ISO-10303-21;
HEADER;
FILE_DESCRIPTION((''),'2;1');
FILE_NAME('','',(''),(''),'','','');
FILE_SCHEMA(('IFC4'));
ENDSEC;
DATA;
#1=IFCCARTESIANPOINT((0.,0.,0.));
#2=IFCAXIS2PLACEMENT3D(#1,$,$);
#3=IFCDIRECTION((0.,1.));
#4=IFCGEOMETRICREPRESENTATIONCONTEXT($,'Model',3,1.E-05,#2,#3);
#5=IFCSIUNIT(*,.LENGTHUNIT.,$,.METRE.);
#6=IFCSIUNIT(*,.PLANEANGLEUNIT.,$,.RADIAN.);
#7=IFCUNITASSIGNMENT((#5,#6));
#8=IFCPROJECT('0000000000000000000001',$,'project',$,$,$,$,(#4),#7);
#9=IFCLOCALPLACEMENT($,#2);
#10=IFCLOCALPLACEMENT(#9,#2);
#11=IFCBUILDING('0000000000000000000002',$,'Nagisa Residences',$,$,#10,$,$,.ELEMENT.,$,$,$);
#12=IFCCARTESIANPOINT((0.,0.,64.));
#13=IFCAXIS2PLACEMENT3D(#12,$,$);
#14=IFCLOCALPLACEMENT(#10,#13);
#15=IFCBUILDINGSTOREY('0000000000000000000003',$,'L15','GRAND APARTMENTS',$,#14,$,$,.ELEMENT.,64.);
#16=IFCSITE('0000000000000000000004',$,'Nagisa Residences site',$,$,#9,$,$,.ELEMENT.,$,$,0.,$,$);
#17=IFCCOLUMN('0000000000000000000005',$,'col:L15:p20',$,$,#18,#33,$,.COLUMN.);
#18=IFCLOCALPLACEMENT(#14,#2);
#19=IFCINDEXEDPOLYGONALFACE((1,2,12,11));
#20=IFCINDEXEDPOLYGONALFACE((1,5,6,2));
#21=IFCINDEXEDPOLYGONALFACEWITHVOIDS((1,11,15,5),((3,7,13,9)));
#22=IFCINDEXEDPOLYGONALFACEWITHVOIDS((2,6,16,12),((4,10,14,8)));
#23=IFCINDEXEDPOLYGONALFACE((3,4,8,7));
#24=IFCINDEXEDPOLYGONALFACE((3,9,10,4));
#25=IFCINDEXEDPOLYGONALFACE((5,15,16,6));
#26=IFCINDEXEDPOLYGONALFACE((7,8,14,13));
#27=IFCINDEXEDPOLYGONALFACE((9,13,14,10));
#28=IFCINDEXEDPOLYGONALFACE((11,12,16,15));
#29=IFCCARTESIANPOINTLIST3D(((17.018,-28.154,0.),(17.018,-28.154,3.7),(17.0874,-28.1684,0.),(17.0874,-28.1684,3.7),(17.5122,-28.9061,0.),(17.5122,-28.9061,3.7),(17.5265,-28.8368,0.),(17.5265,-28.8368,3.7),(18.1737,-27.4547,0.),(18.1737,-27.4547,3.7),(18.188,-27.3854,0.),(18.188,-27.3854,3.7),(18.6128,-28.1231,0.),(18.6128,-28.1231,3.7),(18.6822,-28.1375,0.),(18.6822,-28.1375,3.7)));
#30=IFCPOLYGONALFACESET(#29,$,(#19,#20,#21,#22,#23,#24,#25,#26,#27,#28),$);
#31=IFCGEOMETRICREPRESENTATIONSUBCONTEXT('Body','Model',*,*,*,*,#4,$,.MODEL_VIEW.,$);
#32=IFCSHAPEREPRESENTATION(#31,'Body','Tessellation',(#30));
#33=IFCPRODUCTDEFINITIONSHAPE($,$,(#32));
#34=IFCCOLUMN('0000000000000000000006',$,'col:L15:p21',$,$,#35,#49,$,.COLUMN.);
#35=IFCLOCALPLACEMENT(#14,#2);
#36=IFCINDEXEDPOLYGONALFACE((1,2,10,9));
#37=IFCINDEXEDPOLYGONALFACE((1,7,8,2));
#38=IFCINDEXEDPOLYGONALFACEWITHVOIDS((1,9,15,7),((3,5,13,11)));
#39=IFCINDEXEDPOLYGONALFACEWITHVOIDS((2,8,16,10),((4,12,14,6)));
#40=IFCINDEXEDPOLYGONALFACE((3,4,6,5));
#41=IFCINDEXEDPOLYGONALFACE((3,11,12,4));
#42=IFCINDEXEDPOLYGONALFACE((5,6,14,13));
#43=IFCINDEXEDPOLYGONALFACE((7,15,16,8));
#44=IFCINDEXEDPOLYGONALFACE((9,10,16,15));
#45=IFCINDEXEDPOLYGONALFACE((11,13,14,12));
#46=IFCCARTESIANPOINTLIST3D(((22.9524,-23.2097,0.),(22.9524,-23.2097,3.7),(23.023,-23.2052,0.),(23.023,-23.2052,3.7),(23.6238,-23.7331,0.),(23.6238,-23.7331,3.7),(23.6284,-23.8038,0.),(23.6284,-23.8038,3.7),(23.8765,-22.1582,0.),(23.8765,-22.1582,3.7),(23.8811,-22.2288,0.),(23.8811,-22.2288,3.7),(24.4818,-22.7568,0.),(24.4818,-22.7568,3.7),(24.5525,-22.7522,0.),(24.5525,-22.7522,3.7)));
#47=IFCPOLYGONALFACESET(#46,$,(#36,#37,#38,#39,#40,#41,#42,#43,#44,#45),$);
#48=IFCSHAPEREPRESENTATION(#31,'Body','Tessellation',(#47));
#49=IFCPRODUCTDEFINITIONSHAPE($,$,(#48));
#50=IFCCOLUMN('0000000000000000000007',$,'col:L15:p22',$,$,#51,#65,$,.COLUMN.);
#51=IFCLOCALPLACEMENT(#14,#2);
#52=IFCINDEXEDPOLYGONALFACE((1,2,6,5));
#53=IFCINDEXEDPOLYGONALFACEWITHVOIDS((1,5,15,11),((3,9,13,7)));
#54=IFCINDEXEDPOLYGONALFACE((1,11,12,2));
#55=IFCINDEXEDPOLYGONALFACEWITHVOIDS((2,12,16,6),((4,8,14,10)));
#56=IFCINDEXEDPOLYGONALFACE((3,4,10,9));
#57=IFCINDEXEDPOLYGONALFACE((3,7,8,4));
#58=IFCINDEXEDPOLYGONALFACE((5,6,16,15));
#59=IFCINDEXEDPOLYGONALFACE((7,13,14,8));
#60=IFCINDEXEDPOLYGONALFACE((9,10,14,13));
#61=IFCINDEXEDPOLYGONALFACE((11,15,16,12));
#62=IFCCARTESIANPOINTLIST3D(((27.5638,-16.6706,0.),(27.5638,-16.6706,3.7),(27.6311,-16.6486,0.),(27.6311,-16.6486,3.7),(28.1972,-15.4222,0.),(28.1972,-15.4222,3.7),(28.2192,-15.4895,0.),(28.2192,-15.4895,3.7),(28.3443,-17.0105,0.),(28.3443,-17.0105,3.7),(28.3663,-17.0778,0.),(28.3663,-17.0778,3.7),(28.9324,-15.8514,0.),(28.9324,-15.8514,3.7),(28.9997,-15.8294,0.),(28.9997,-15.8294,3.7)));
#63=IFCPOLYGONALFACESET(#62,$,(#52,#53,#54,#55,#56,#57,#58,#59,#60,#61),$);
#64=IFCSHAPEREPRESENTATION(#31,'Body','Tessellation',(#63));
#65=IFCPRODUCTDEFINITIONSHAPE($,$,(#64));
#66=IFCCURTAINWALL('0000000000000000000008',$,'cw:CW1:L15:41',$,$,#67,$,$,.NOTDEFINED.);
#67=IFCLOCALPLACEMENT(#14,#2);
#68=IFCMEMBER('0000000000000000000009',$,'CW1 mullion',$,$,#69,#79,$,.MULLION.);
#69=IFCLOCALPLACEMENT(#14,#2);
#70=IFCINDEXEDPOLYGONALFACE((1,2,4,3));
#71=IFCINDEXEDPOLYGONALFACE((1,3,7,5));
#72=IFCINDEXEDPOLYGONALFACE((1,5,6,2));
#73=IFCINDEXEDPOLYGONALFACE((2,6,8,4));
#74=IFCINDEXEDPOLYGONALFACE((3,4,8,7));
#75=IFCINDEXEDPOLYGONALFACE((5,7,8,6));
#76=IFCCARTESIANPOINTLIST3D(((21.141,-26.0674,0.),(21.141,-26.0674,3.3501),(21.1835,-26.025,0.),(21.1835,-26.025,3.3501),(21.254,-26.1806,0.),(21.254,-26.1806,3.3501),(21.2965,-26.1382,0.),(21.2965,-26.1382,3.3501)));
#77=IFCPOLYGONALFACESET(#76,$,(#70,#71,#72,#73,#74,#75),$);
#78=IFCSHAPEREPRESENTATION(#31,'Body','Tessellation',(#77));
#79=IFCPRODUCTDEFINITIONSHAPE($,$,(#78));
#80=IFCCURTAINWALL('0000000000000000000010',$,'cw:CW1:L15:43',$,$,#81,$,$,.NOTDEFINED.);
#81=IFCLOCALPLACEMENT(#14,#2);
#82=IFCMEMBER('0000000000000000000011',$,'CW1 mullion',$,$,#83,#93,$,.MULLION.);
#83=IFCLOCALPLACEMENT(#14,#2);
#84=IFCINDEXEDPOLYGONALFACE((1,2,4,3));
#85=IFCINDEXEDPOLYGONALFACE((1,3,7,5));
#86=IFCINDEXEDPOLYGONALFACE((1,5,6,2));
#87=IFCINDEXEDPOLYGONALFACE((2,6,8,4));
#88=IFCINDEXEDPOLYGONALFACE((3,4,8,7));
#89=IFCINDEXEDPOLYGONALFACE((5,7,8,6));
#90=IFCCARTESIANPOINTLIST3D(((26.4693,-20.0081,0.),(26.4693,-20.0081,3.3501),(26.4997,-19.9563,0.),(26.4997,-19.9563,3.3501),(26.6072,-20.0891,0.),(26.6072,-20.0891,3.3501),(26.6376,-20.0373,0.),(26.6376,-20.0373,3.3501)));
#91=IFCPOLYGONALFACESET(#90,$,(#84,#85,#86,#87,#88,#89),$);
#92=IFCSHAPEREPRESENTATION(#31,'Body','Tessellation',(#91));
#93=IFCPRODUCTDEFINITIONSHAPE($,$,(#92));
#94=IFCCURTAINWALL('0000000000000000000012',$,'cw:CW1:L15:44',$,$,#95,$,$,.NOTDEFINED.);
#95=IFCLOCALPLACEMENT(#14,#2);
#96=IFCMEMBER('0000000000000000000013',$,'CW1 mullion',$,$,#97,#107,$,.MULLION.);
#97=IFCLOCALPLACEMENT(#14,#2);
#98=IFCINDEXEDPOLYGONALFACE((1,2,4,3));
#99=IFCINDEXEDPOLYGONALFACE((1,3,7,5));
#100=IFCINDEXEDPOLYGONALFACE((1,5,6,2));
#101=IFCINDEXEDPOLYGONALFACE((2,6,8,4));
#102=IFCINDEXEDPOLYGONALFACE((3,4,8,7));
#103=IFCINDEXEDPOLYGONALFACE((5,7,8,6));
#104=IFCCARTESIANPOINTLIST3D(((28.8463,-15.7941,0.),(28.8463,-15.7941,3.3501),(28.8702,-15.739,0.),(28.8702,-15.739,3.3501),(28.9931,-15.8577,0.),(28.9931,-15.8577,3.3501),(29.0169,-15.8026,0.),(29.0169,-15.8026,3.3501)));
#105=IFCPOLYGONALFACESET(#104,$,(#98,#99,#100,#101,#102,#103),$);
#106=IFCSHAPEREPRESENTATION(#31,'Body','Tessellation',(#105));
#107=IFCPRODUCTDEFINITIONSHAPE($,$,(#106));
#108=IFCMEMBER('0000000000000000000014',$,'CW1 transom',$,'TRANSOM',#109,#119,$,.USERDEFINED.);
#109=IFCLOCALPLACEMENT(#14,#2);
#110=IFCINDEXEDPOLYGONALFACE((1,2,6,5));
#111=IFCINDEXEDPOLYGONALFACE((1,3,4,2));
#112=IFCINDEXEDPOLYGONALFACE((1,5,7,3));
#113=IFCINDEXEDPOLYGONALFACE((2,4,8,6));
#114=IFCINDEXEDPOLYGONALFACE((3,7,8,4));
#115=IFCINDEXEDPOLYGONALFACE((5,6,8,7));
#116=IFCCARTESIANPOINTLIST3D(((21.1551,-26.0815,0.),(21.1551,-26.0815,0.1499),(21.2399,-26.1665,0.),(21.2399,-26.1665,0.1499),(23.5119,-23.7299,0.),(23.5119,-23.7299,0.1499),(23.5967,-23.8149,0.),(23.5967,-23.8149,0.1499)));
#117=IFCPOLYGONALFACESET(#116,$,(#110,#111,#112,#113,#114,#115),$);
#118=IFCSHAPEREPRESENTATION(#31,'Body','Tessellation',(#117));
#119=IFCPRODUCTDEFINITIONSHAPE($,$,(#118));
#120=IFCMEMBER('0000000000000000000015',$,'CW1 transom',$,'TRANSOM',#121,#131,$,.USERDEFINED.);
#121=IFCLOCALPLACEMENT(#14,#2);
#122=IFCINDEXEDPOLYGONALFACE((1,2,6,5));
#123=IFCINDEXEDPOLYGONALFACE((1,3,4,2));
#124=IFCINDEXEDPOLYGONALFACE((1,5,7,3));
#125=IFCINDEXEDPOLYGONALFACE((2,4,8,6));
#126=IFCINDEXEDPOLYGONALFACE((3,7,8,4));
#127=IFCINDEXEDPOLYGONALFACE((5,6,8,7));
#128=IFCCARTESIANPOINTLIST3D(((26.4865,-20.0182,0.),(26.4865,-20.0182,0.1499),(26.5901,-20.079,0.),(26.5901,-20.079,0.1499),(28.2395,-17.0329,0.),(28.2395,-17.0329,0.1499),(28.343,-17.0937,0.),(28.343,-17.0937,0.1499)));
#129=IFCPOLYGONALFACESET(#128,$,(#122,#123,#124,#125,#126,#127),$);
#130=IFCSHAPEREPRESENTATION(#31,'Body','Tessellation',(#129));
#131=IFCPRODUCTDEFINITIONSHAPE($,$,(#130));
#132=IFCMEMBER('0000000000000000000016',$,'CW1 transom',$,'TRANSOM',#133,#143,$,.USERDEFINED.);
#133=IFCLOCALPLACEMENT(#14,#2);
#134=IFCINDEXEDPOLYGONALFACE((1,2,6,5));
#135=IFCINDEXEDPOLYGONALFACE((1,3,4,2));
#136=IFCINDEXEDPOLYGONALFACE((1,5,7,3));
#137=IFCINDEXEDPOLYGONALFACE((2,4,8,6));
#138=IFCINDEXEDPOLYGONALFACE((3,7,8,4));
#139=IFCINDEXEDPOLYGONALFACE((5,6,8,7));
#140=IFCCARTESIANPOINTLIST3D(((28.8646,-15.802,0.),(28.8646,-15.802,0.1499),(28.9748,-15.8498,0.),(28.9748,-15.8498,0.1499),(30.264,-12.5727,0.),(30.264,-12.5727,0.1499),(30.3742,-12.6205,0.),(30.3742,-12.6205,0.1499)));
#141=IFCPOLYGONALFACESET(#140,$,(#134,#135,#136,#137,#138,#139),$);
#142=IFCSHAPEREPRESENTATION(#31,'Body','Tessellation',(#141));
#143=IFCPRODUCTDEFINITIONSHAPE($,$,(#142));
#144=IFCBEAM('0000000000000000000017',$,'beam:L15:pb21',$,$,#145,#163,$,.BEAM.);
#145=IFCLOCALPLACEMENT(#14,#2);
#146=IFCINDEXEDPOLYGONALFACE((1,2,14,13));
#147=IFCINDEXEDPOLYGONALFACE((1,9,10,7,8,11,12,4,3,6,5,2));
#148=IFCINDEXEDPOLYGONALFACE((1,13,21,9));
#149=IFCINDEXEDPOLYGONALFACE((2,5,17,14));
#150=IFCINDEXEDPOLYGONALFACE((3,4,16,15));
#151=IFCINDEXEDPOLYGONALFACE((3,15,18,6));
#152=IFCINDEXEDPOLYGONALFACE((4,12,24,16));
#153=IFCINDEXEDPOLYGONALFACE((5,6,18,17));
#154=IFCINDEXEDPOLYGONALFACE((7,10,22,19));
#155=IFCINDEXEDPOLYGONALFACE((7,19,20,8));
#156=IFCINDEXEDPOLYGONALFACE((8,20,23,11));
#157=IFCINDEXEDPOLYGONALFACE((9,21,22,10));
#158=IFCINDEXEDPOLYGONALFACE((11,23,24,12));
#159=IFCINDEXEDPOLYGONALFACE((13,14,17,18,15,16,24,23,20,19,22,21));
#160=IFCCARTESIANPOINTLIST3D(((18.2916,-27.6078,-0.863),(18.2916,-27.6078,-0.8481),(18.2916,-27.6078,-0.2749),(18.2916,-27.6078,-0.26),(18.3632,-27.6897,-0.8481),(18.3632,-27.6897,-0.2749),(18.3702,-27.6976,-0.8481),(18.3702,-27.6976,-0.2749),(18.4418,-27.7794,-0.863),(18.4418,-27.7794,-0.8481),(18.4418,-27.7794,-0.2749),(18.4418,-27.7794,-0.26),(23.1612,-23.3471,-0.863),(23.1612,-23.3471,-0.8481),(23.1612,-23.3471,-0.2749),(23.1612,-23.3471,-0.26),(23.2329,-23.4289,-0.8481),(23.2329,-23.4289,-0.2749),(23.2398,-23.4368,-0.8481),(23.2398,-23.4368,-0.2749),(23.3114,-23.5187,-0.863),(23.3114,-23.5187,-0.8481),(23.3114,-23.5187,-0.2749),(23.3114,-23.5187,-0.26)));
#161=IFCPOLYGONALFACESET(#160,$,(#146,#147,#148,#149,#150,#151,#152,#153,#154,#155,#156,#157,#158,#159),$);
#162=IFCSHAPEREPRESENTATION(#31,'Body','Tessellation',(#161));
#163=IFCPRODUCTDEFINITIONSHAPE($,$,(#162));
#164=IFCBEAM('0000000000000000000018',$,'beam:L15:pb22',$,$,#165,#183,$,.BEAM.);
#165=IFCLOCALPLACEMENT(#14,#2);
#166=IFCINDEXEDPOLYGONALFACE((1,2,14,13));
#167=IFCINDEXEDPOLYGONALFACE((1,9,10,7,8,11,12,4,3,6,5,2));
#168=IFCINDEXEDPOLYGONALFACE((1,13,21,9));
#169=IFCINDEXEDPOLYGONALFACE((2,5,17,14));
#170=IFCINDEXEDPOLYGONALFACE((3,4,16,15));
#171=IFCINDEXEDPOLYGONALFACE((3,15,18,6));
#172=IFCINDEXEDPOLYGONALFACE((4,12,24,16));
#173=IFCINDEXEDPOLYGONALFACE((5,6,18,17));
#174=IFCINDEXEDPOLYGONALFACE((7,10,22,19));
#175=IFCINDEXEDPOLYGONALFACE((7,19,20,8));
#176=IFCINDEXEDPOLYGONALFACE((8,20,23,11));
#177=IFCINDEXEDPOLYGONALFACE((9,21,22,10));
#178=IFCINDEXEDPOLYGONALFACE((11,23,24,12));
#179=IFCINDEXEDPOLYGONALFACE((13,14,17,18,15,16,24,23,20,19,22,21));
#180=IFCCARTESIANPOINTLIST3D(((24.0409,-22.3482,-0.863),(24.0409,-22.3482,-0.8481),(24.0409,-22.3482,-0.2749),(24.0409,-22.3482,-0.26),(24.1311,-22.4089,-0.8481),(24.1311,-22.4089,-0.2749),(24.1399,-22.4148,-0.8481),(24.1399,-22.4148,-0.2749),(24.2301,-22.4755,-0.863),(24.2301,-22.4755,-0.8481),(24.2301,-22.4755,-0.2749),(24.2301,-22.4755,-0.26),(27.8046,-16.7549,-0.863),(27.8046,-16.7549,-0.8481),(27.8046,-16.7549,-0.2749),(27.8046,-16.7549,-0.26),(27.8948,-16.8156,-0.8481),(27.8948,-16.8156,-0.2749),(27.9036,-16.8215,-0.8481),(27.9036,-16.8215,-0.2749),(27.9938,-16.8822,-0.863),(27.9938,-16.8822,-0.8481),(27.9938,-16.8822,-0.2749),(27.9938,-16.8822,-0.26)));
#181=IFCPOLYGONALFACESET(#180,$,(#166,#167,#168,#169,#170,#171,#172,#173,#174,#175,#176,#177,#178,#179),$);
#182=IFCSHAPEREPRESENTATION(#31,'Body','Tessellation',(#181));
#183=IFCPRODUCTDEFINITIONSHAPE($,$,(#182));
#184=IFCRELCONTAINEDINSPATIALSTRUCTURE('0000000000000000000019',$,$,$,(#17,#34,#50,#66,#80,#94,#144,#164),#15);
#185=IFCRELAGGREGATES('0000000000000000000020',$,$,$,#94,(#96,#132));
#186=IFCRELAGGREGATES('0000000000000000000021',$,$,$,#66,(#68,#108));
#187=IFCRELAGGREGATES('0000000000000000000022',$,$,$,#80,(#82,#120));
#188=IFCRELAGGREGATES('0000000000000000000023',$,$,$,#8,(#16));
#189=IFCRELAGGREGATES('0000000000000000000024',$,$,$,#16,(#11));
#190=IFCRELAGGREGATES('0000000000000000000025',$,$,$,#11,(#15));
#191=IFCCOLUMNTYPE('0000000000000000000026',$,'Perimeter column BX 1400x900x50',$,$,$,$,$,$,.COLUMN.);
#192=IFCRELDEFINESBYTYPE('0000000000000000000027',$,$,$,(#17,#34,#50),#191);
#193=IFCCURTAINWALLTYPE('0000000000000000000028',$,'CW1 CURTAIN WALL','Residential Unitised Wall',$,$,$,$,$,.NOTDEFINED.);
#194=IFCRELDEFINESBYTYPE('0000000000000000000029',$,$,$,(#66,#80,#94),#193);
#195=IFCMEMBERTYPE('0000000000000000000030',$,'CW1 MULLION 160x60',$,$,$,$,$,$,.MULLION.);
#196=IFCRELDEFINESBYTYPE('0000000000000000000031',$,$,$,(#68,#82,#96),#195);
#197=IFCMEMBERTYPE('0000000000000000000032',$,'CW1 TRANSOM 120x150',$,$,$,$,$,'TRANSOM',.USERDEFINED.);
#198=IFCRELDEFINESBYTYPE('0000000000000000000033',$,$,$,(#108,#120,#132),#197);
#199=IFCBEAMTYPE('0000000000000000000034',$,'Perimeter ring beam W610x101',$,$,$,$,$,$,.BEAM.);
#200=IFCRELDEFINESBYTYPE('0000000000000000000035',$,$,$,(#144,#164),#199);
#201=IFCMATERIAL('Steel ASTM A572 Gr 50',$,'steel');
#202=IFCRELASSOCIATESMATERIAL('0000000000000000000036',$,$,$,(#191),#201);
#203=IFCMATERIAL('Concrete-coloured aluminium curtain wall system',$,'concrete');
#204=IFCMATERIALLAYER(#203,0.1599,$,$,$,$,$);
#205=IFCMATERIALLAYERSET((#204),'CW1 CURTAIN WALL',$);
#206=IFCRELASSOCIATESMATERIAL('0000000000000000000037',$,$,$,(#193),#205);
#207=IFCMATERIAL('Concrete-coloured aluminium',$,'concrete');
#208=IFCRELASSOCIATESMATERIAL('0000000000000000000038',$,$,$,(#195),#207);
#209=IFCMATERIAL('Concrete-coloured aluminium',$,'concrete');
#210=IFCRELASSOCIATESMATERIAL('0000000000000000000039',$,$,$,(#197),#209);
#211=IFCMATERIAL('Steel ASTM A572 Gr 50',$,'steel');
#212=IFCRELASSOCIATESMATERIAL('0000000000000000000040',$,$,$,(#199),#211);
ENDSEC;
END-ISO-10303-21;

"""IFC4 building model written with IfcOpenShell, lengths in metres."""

from ifc_helpers import new_model, si_unit, direction, frame, origin, origin_2d, place, context, subcontext, project, spatial, rectangle, hollow_rectangle, i_section, extrude, material, layer, layer_set, material_profile, profile_set, type_object, element, aggregate, save


model = new_model("IFC4")

# Units and contexts
model_context = context("Model", 3, precision=1e-05, world=origin(), true_north=direction((0.0, 1.0)))
body_context = subcontext(model_context, "Body", "Model", "MODEL_VIEW")
ifc_project = project(units=[si_unit("LENGTHUNIT", "METRE"), si_unit("PLANEANGLEUNIT", "RADIAN")], contexts=[model_context])

# Site, building, storey
site_placement = place(None, origin())
site = spatial("IfcSite", under=ifc_project, at=site_placement, Name="Nagisa Residences site", CompositionType="ELEMENT", RefElevation=0.0)
building_placement = place(site_placement, origin())
building = spatial("IfcBuilding", under=site, at=building_placement, Name="Nagisa Residences", CompositionType="ELEMENT")
storey_placement = place(building_placement, frame((0.0, 0.0, 64.0)))
storey = spatial("IfcBuildingStorey", under=building, at=storey_placement, Name="L15", Description="GRAND APARTMENTS", CompositionType="ELEMENT", Elevation=64.0)

# Columns
ifc_material_1 = material(Name="Steel ASTM A572 Gr 50", Category="steel")
ifc_material_profile_1 = material_profile(ifc_material_1, hollow_rectangle(XDim=1.3999, YDim=0.8999, WallThickness=0.05, at=origin_2d()), Name="BX 1400x900x50")
ifc_profile_set_1 = profile_set([ifc_material_profile_1], Name="Steel ASTM A572 Gr 50")
column_type = type_object("IfcColumnType", Name="Perimeter column BX 1400x900x50", PredefinedType="COLUMN", material=ifc_profile_set_1)
for number, where, z_axis, x_axis, name in (
    (1, (17.8501, -28.1458, 0.0), (0.0, 0.0, 1.0), (0.835766, 0.549086, 0.0), "col:L15:p20"),
    (2, (23.7524, -22.981, 0.0), (0.0, 0.0, 1.0), (0.660115, 0.751165, 0.0), "col:L15:p21"),
    (3, (28.2817, -16.25, 0.0), (0.0, 0.0, 1.0), (0.452463, 0.891783, 0.0), "col:L15:p22"),
):
    element("IfcColumn", number, at=place(storey_placement, frame(where, z_axis=z_axis, x_axis=x_axis)), inside=storey, type_object=column_type, Name=name, PredefinedType="COLUMN", context=body_context, shape_type="SweptSolid", body=[
        extrude(hollow_rectangle(XDim=1.3999, YDim=0.8999, WallThickness=0.05, at=origin_2d()), origin(), (0.0, 0.0, 1.0), 3.7),
    ])

# Curtain walls, members
ifc_material_2 = material(Name="Concrete-coloured aluminium curtain wall system", Category="concrete")
ifc_layer_1 = layer(ifc_material_2, 0.1599)
ifc_layer_set_1 = layer_set([ifc_layer_1], Name="CW1 CURTAIN WALL")
curtain_wall_type = type_object("IfcCurtainWallType", Name="CW1 CURTAIN WALL", Description="Residential Unitised Wall", PredefinedType="NOTDEFINED", material=ifc_layer_set_1)
curtain_wall_1_placement = place(storey_placement, origin())
curtain_wall_1 = element("IfcCurtainWall", 4, at=curtain_wall_1_placement, inside=storey, type_object=curtain_wall_type, Name="cw:CW1:L15:41", PredefinedType="NOTDEFINED")
ifc_material_3 = material(Name="Concrete-coloured aluminium", Category="concrete")
ifc_material_profile_2 = material_profile(ifc_material_3, rectangle(XDim=0.1599, YDim=0.0601, at=origin_2d()), Name="CW1 MULLION 160x60")
ifc_profile_set_2 = profile_set([ifc_material_profile_2], Name="Concrete-coloured aluminium")
member_type_1 = type_object("IfcMemberType", Name="CW1 MULLION 160x60", PredefinedType="MULLION", material=ifc_profile_set_2)
member_1_placement = place(storey_placement, frame((21.2188, -26.1028, 0.0), z_axis=(0.0, 0.0, 1.0), x_axis=(-0.706377, 0.707836, 0.0)))
member_1 = element("IfcMember", 5, at=member_1_placement, type_object=member_type_1, Name="CW1 mullion", PredefinedType="MULLION", context=body_context, shape_type="SweptSolid", body=[
    extrude(rectangle(XDim=0.1599, YDim=0.0601, at=origin_2d()), origin(), (0.0, 0.0, 1.0), 3.3501),
])
curtain_wall_2_placement = place(storey_placement, origin())
curtain_wall_2 = element("IfcCurtainWall", 6, at=curtain_wall_2_placement, inside=storey, type_object=curtain_wall_type, Name="cw:CW1:L15:43", PredefinedType="NOTDEFINED")
member_2_placement = place(storey_placement, frame((26.5535, -20.0227, 0.0), z_axis=(0.0, 0.0, 1.0), x_axis=(-0.862329, 0.506349, 0.0)))
member_2 = element("IfcMember", 7, at=member_2_placement, type_object=member_type_1, Name="CW1 mullion", PredefinedType="MULLION", context=body_context, shape_type="SweptSolid", body=[
    extrude(rectangle(XDim=0.1599, YDim=0.0601, at=origin_2d()), origin(), (0.0, 0.0, 1.0), 3.3501),
])
curtain_wall_3_placement = place(storey_placement, origin())
curtain_wall_3 = element("IfcCurtainWall", 8, at=curtain_wall_3_placement, inside=storey, type_object=curtain_wall_type, Name="cw:CW1:L15:44", PredefinedType="NOTDEFINED")
member_3_placement = place(storey_placement, frame((28.9316, -15.7983, 0.0), z_axis=(0.0, 0.0, 1.0), x_axis=(-0.917543, 0.397636, 0.0)))
member_3 = element("IfcMember", 9, at=member_3_placement, type_object=member_type_1, Name="CW1 mullion", PredefinedType="MULLION", context=body_context, shape_type="SweptSolid", body=[
    extrude(rectangle(XDim=0.1599, YDim=0.0601, at=origin_2d()), origin(), (0.0, 0.0, 1.0), 3.3501),
])

# Members
ifc_material_4 = material(Name="Concrete-coloured aluminium", Category="concrete")
ifc_material_profile_3 = material_profile(ifc_material_4, rectangle(XDim=0.1201, YDim=0.1499, at=origin_2d()), Name="CW1 TRANSOM 120x150")
ifc_profile_set_3 = profile_set([ifc_material_profile_3], Name="Concrete-coloured aluminium")
member_type_2 = type_object("IfcMemberType", Name="CW1 TRANSOM 120x150", ElementType="TRANSOM", PredefinedType="USERDEFINED", material=ifc_profile_set_3)
member_4_placement = place(storey_placement, frame((21.1975, -26.124, 0.075), z_axis=(0.707876, 0.706336, 0.0), x_axis=(-0.706336, 0.707876, 0.0)))
member_4 = element("IfcMember", 10, at=member_4_placement, type_object=member_type_2, Name="CW1 transom", ObjectType="TRANSOM", PredefinedType="USERDEFINED", context=body_context, shape_type="SweptSolid", body=[
    extrude(rectangle(XDim=0.1201, YDim=0.1499, at=origin_2d()), origin(), (0.0, 0.0, 1.0), 3.3293),
])
member_5_placement = place(storey_placement, frame((26.5383, -20.0486, 0.075), z_axis=(0.506342, 0.862333, 0.0), x_axis=(-0.862333, 0.506342, 0.0)))
member_5 = element("IfcMember", 11, at=member_5_placement, type_object=member_type_2, Name="CW1 transom", ObjectType="TRANSOM", PredefinedType="USERDEFINED", context=body_context, shape_type="SweptSolid", body=[
    extrude(rectangle(XDim=0.1201, YDim=0.1499, at=origin_2d()), origin(), (0.0, 0.0, 1.0), 3.4619),
])
member_6_placement = place(storey_placement, frame((28.9197, -15.8259, 0.075), z_axis=(0.397625, 0.917548, 0.0), x_axis=(-0.917548, 0.397625, 0.0)))
member_6 = element("IfcMember", 12, at=member_6_placement, type_object=member_type_2, Name="CW1 transom", ObjectType="TRANSOM", PredefinedType="USERDEFINED", context=body_context, shape_type="SweptSolid", body=[
    extrude(rectangle(XDim=0.1201, YDim=0.1499, at=origin_2d()), origin(), (0.0, 0.0, 1.0), 3.5195),
])
aggregate(curtain_wall_3, [member_3, member_6])

# Beams
ifc_material_5 = material(Name="Steel ASTM A572 Gr 50", Category="steel")
ifc_material_profile_4 = material_profile(ifc_material_5, i_section(OverallWidth=0.228, OverallDepth=0.603, WebThickness=0.0105, FlangeThickness=0.0149, at=origin_2d()), Name="W610x101")
ifc_profile_set_4 = profile_set([ifc_material_profile_4], Name="Steel ASTM A572 Gr 50")
beam_type_1 = type_object("IfcBeamType", Name="Perimeter ring beam W610x101", PredefinedType="BEAM", material=ifc_profile_set_4)
beam_1_placement = place(storey_placement, frame((18.3667, -27.6936, -0.5615), z_axis=(0.752591, 0.658489, 0.0), x_axis=(-0.658489, 0.752591, 0.0)))
element("IfcBeam", 13, at=beam_1_placement, inside=storey, type_object=beam_type_1, Name="beam:L15:pb21", PredefinedType="BEAM", context=body_context, shape_type="SweptSolid", body=[
    extrude(i_section(OverallWidth=0.228, OverallDepth=0.603, WebThickness=0.0105, FlangeThickness=0.0149, at=origin_2d()), origin(), (0.0, 0.0, 1.0), 6.4705),
])
beam_2_placement = place(storey_placement, frame((24.1355, -22.4119, -0.5615), z_axis=(0.558272, 0.829658, 0.0), x_axis=(-0.829658, 0.558272, 0.0)))
element("IfcBeam", 14, at=beam_2_placement, inside=storey, type_object=beam_type_1, Name="beam:L15:pb22", PredefinedType="BEAM", context=body_context, shape_type="SweptSolid", body=[
    extrude(i_section(OverallWidth=0.228, OverallDepth=0.603, WebThickness=0.0105, FlangeThickness=0.0149, at=origin_2d()), origin(), (0.0, 0.0, 1.0), 6.7417),
])

aggregate(curtain_wall_1, [member_1, member_4])
aggregate(curtain_wall_2, [member_2, member_5])

save(model, "model.ifc")
